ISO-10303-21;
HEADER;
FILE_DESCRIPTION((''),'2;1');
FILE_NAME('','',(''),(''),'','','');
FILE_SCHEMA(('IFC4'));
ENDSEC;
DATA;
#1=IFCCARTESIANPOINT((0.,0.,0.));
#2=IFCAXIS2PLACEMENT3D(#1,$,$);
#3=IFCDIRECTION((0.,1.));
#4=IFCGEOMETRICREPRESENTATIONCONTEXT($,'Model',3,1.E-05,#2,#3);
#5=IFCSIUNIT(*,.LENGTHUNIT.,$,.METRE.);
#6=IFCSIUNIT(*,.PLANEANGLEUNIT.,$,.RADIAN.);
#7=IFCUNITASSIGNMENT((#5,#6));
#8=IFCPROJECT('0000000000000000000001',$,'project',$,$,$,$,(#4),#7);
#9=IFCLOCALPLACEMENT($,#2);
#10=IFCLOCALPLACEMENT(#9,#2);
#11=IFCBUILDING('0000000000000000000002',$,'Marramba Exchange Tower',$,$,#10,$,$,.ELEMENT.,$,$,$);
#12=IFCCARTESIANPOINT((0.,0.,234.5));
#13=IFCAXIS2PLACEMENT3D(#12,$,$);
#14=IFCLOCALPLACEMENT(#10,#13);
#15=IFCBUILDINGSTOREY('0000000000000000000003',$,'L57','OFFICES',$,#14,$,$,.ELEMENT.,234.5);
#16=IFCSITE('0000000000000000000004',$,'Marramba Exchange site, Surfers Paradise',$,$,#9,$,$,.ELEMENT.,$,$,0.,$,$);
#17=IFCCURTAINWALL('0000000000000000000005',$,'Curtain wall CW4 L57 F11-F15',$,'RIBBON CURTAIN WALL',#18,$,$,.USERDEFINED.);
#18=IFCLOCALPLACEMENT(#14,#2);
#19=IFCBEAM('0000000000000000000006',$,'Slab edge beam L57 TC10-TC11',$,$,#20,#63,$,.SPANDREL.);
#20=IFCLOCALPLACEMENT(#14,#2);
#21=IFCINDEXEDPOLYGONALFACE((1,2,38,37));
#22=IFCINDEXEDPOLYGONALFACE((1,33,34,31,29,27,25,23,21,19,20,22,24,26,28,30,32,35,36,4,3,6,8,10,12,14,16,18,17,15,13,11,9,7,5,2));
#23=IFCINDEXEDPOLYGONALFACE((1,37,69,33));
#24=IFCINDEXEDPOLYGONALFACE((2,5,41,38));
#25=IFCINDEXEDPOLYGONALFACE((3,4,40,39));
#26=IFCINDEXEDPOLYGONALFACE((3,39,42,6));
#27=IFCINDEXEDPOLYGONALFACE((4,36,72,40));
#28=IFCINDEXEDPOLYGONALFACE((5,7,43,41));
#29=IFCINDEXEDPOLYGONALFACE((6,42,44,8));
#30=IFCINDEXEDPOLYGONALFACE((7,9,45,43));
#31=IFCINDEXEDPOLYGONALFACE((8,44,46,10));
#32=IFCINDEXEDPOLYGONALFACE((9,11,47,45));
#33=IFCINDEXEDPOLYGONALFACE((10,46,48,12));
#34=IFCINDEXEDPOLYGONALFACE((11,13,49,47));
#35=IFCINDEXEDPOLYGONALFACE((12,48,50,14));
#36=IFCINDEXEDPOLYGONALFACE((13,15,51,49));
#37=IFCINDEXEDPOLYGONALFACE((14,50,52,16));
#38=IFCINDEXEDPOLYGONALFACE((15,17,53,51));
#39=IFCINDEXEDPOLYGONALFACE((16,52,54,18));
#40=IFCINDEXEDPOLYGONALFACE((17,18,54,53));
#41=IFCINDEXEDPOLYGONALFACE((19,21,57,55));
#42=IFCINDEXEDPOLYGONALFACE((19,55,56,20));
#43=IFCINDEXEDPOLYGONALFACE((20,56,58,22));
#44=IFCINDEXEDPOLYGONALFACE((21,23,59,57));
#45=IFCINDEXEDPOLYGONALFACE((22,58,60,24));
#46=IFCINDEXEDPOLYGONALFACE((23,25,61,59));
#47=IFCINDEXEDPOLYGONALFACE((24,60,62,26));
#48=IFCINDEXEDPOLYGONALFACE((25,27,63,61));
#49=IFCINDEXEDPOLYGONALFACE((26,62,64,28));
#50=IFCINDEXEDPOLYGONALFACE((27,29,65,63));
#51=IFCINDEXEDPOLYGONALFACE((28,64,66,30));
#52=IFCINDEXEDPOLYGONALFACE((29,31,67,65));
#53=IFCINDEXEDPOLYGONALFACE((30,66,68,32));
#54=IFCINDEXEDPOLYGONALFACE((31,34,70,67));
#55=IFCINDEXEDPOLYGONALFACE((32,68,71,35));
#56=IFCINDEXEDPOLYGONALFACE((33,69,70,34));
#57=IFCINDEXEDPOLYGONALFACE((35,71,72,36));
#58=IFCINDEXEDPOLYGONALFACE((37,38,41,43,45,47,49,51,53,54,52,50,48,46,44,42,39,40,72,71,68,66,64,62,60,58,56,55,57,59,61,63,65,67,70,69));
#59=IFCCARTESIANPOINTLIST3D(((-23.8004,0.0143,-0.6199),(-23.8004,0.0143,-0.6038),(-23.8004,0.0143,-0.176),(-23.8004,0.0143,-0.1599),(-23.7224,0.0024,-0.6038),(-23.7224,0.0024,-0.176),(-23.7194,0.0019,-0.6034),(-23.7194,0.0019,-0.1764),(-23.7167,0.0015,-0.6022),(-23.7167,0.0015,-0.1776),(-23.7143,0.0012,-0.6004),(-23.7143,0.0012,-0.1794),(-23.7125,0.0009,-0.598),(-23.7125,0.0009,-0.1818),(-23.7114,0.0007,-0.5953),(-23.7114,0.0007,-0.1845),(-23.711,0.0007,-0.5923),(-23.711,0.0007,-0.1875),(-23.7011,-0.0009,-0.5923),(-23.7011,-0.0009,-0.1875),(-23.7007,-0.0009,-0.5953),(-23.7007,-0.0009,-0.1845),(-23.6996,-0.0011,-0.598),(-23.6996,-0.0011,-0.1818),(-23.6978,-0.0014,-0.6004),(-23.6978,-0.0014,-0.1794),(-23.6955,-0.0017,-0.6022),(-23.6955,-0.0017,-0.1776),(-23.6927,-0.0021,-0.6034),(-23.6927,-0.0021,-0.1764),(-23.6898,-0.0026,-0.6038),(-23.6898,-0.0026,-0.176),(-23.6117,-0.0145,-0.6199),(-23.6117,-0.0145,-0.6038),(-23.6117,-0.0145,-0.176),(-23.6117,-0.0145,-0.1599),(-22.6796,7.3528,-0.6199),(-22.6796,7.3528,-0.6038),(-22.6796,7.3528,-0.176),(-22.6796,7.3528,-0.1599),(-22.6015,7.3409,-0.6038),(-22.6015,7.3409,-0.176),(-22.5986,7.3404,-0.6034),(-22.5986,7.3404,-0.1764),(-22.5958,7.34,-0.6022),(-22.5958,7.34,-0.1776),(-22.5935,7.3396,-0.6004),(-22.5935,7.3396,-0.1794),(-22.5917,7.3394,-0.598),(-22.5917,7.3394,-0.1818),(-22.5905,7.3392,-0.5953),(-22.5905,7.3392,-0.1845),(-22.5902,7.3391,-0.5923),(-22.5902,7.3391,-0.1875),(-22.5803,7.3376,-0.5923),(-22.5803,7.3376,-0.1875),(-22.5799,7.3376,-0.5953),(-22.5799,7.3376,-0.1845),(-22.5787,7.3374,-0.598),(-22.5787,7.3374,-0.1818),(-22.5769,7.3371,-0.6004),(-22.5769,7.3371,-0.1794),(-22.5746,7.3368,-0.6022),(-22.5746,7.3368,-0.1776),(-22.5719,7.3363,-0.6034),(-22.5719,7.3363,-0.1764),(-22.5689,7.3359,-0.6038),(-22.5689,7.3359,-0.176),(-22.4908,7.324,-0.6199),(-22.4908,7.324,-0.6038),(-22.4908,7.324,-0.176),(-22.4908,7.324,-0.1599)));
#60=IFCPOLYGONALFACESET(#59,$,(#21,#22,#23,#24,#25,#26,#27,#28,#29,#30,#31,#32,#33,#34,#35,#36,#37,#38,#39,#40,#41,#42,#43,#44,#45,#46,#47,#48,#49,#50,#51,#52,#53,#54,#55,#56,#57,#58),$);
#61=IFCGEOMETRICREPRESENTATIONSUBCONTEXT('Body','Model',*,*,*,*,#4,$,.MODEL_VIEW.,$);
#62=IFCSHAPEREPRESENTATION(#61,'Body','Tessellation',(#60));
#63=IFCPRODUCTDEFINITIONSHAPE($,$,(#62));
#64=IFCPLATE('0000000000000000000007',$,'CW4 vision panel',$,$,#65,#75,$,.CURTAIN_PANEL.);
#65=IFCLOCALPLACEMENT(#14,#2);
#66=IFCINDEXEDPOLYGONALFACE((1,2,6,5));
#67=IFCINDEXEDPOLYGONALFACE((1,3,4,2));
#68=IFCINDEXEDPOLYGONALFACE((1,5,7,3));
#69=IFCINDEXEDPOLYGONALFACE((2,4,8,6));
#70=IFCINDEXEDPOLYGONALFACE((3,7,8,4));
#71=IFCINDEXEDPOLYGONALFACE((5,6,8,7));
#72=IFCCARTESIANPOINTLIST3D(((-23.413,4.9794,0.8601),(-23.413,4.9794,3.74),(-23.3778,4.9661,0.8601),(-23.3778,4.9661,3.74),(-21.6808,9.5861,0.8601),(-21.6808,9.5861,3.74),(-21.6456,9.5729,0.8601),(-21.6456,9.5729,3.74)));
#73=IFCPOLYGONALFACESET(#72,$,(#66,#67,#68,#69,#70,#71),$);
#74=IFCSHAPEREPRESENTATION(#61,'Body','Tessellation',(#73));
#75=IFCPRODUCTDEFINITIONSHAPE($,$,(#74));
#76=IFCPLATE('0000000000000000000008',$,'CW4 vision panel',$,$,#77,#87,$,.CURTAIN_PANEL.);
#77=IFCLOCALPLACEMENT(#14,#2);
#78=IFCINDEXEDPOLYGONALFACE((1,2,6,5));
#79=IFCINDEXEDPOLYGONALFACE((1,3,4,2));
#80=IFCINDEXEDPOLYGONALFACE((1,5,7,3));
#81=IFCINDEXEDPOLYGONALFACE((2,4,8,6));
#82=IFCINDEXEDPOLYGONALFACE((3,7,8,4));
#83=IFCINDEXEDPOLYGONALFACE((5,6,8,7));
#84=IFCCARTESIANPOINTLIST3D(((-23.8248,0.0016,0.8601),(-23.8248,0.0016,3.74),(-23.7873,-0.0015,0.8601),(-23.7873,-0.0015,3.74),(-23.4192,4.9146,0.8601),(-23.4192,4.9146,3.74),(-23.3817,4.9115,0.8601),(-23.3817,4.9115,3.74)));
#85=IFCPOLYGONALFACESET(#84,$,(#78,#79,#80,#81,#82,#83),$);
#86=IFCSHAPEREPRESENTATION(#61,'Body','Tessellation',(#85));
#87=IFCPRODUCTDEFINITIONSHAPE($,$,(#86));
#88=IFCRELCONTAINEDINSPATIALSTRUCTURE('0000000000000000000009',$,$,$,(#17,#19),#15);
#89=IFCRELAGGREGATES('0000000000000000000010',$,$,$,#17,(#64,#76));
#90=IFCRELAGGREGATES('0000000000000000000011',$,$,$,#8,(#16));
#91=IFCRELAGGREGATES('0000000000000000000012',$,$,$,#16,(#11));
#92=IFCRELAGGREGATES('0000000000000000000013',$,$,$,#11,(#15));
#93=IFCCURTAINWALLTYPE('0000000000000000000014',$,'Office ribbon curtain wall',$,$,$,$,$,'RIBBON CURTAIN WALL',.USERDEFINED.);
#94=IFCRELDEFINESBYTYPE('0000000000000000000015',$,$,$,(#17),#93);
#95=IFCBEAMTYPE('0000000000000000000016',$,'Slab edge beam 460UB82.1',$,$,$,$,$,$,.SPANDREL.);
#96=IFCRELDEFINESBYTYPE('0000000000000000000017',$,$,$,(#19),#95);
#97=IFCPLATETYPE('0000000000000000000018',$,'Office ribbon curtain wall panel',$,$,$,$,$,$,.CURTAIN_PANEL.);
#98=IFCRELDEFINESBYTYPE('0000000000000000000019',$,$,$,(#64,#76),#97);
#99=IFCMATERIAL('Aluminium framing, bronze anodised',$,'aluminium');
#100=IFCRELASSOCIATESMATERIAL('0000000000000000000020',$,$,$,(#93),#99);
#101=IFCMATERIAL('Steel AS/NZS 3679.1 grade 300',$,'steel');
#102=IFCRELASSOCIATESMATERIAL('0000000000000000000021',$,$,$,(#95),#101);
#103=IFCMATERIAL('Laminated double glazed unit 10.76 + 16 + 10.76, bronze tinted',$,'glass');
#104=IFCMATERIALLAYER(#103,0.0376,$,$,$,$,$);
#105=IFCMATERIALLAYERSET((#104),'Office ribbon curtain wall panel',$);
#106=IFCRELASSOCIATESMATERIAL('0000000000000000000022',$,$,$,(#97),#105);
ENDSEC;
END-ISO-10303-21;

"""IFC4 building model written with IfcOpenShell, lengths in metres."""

from ifc_helpers import new_model, si_unit, direction, frame, origin, origin_2d, place, context, subcontext, project, spatial, rectangle, i_section, extrude, material, layer, layer_set, material_profile, profile_set, type_object, element, aggregate, save


model = new_model("IFC4")

# Units and contexts
model_context = context("Model", 3, precision=1e-05, world=origin(), true_north=direction((0.0, 1.0)))
body_context = subcontext(model_context, "Body", "Model", "MODEL_VIEW")
ifc_project = project(units=[si_unit("LENGTHUNIT", "METRE"), si_unit("PLANEANGLEUNIT", "RADIAN")], contexts=[model_context])

# Site, building, storey
site_placement = place(None, origin())
site = spatial("IfcSite", under=ifc_project, at=site_placement, Name="Marramba Exchange site, Surfers Paradise", CompositionType="ELEMENT", RefElevation=0.0)
building_placement = place(site_placement, origin())
building = spatial("IfcBuilding", under=site, at=building_placement, Name="Marramba Exchange Tower", CompositionType="ELEMENT")
storey_placement = place(building_placement, frame((0.0, 0.0, 234.5)))
storey = spatial("IfcBuildingStorey", under=building, at=storey_placement, Name="L57", Description="OFFICES", CompositionType="ELEMENT", Elevation=234.5)

# Shared definitions
ifc_material_1 = material(Name="Steel AS/NZS 3679.1 grade 300", Category="steel")

# Curtain wall
ifc_material_2 = material(Name="Aluminium framing, bronze anodised", Category="aluminium")
curtain_wall_type = type_object("IfcCurtainWallType", Name="Office ribbon curtain wall", ElementType="RIBBON CURTAIN WALL", PredefinedType="USERDEFINED", material=ifc_material_2)
curtain_wall_placement = place(storey_placement, origin())
curtain_wall = element("IfcCurtainWall", 1, at=curtain_wall_placement, inside=storey, type_object=curtain_wall_type, Name="Curtain wall CW4 L57 F11-F15", ObjectType="RIBBON CURTAIN WALL", PredefinedType="USERDEFINED")

# Beam
ifc_material_profile_1 = material_profile(ifc_material_1, i_section(OverallWidth=0.1909, OverallDepth=0.46, WebThickness=0.01, FlangeThickness=0.0161, FilletRadius=0.0115, at=origin_2d()), Name="460UB82.1")
ifc_profile_set_1 = profile_set([ifc_material_profile_1], Name="Steel AS/NZS 3679.1 grade 300")
beam_type_1 = type_object("IfcBeamType", Name="Slab edge beam 460UB82.1", PredefinedType="SPANDREL", material=ifc_profile_set_1)
beam_1_placement = place(storey_placement, frame((-22.5852, 7.3384, -0.3899), z_axis=(-0.150987, -0.988536, 0.0), x_axis=(0.988536, -0.150987, 0.0)))
element("IfcBeam", 2, at=beam_1_placement, inside=storey, type_object=beam_type_1, Name="Slab edge beam L57 TC10-TC11", PredefinedType="SPANDREL", context=body_context, shape_type="SweptSolid", body=[
    extrude(i_section(OverallWidth=0.1909, OverallDepth=0.46, WebThickness=0.01, FlangeThickness=0.0161, FilletRadius=0.0115, at=origin_2d()), origin(), (0.0, 0.0, 1.0), 7.4236),
])

# Plates
ifc_material_3 = material(Name="Laminated double glazed unit 10.76 + 16 + 10.76, bronze tinted", Category="glass")
ifc_layer_1 = layer(ifc_material_3, 0.0376)
ifc_layer_set_1 = layer_set([ifc_layer_1], Name="Office ribbon curtain wall panel")
plate_type = type_object("IfcPlateType", Name="Office ribbon curtain wall panel", PredefinedType="CURTAIN_PANEL", material=ifc_layer_set_1)
plate_1_placement = place(storey_placement, frame((-22.5293, 7.2761, 0.8601), z_axis=(0.0, 0.0, 1.0), x_axis=(-0.351952, -0.936018, 0.0)))
plate_1 = element("IfcPlate", 3, at=plate_1_placement, type_object=plate_type, Name="CW4 vision panel", PredefinedType="CURTAIN_PANEL", context=body_context, shape_type="SweptSolid", body=[
    extrude(rectangle(XDim=4.9216, YDim=0.0376, at=origin_2d()), origin(), (0.0, 0.0, 1.0), 2.8799),
])
plate_2_placement = place(storey_placement, frame((-23.6033, 2.4565, 0.8601), z_axis=(0.0, 0.0, 1.0), x_axis=(-0.082281, -0.996609, 0.0)))
plate_2 = element("IfcPlate", 4, at=plate_2_placement, type_object=plate_type, Name="CW4 vision panel", PredefinedType="CURTAIN_PANEL", context=body_context, shape_type="SweptSolid", body=[
    extrude(rectangle(XDim=4.9297, YDim=0.0376, at=origin_2d()), origin(), (0.0, 0.0, 1.0), 2.8799),
])
aggregate(curtain_wall, [plate_1, plate_2])

save(model, "model.ifc")
